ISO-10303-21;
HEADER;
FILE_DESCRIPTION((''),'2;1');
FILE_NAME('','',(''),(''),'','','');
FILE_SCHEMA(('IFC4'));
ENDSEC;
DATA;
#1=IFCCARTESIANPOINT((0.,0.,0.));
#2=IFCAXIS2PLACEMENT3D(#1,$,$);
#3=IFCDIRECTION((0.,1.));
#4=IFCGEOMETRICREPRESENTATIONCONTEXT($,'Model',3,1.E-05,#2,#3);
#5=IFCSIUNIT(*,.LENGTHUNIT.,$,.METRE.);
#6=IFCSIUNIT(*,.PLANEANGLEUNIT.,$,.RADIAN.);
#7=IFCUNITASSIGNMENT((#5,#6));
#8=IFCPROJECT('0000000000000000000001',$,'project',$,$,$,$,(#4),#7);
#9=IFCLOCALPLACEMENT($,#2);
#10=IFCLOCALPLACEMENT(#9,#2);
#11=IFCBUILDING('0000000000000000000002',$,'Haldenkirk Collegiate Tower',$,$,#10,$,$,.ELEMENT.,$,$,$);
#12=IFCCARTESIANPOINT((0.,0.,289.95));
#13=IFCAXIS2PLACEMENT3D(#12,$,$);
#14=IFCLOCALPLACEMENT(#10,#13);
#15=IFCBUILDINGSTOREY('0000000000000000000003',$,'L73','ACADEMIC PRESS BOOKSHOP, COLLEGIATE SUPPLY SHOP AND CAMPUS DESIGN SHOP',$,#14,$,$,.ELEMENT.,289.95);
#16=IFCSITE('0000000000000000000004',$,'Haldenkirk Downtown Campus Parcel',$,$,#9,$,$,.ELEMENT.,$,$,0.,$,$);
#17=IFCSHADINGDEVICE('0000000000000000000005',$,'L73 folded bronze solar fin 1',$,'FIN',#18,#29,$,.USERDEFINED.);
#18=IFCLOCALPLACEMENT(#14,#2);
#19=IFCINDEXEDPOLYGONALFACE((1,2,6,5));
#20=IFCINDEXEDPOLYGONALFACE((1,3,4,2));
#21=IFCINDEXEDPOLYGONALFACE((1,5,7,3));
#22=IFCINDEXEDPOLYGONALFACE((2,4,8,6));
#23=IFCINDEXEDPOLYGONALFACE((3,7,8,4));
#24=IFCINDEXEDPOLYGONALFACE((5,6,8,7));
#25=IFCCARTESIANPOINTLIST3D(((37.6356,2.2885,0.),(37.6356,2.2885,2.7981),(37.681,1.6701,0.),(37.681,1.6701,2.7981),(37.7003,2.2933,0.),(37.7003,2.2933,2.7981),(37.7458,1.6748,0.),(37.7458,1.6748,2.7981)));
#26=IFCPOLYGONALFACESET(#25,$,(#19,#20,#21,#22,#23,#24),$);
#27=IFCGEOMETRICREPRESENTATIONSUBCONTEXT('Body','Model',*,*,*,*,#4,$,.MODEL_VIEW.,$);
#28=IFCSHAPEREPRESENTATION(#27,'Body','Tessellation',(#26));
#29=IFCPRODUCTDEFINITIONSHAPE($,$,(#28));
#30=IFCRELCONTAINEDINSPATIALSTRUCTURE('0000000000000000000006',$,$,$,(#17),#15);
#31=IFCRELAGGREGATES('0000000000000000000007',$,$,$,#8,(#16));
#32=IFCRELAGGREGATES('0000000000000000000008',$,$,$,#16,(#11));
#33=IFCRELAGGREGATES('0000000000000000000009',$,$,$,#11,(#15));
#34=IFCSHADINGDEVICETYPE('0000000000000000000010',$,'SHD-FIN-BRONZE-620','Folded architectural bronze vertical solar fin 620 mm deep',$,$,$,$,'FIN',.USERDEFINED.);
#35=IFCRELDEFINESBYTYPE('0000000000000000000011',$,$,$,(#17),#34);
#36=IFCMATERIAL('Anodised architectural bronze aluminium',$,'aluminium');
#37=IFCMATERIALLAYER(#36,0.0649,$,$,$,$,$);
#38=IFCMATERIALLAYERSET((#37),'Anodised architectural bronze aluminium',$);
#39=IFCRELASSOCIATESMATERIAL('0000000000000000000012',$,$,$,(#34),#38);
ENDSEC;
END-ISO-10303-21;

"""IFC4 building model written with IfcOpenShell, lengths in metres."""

from ifc_helpers import new_model, si_unit, direction, frame, origin, origin_2d, place, context, subcontext, project, spatial, rectangle, extrude, source, transform, mapped, material, layer, layer_set, type_object, element, save


model = new_model("IFC4")

# Units and contexts
model_context = context("Model", 3, precision=1e-05, world=origin(), true_north=direction((0.0, 1.0)))
body_context = subcontext(model_context, "Body", "Model", "MODEL_VIEW")
ifc_project = project(units=[si_unit("LENGTHUNIT", "METRE"), si_unit("PLANEANGLEUNIT", "RADIAN")], contexts=[model_context])

# Site, building, storey
site_placement = place(None, origin())
site = spatial("IfcSite", under=ifc_project, at=site_placement, Name="Haldenkirk Downtown Campus Parcel", CompositionType="ELEMENT", RefElevation=0.0)
building_placement = place(site_placement, origin())
building = spatial("IfcBuilding", under=site, at=building_placement, Name="Haldenkirk Collegiate Tower", CompositionType="ELEMENT")
storey_placement = place(building_placement, frame((0.0, 0.0, 289.95)))
storey = spatial("IfcBuildingStorey", under=building, at=storey_placement, Name="L73", Description="ACADEMIC PRESS BOOKSHOP, COLLEGIATE SUPPLY SHOP AND CAMPUS DESIGN SHOP", CompositionType="ELEMENT", Elevation=289.95)

# Shared definitions
ifc_material_1 = material(Name="Anodised architectural bronze aluminium", Category="aluminium")

# Shading device
ifc_layer_1 = layer(ifc_material_1, 0.0649)
ifc_layer_set_1 = layer_set([ifc_layer_1], Name="Anodised architectural bronze aluminium")
shading_device_type = type_object("IfcShadingDeviceType", Name="SHD-FIN-BRONZE-620", Description="Folded architectural bronze vertical solar fin 620 mm deep", ElementType="FIN", PredefinedType="USERDEFINED", material=ifc_layer_set_1)
shared_shape_1 = source(origin(), body_context, "Body", "SweptSolid", [
    extrude(rectangle(XDim=0.6201, YDim=0.0649, at=origin_2d()), origin(), (0.0, 0.0, 1.0), 2.7981),
])
shading_device_placement = place(storey_placement, frame((37.6907, 1.9817, 0.0), z_axis=(0.0, 0.0, 1.0), x_axis=(0.073238, -0.997314, 0.0)))
element("IfcShadingDevice", 1, at=shading_device_placement, inside=storey, type_object=shading_device_type, Name="L73 folded bronze solar fin 1", ObjectType="FIN", PredefinedType="USERDEFINED", context=body_context, shape_type="MappedRepresentation", body=[
    mapped(shared_shape_1, transform((0.0, 0.0, 0.0), x_axis=(1.0, 0.0, 0.0), y_axis=(0.0, 1.0, 0.0), z_axis=(0.0, 0.0, 1.0), scale=1.0)),
])

save(model, "model.ifc")
